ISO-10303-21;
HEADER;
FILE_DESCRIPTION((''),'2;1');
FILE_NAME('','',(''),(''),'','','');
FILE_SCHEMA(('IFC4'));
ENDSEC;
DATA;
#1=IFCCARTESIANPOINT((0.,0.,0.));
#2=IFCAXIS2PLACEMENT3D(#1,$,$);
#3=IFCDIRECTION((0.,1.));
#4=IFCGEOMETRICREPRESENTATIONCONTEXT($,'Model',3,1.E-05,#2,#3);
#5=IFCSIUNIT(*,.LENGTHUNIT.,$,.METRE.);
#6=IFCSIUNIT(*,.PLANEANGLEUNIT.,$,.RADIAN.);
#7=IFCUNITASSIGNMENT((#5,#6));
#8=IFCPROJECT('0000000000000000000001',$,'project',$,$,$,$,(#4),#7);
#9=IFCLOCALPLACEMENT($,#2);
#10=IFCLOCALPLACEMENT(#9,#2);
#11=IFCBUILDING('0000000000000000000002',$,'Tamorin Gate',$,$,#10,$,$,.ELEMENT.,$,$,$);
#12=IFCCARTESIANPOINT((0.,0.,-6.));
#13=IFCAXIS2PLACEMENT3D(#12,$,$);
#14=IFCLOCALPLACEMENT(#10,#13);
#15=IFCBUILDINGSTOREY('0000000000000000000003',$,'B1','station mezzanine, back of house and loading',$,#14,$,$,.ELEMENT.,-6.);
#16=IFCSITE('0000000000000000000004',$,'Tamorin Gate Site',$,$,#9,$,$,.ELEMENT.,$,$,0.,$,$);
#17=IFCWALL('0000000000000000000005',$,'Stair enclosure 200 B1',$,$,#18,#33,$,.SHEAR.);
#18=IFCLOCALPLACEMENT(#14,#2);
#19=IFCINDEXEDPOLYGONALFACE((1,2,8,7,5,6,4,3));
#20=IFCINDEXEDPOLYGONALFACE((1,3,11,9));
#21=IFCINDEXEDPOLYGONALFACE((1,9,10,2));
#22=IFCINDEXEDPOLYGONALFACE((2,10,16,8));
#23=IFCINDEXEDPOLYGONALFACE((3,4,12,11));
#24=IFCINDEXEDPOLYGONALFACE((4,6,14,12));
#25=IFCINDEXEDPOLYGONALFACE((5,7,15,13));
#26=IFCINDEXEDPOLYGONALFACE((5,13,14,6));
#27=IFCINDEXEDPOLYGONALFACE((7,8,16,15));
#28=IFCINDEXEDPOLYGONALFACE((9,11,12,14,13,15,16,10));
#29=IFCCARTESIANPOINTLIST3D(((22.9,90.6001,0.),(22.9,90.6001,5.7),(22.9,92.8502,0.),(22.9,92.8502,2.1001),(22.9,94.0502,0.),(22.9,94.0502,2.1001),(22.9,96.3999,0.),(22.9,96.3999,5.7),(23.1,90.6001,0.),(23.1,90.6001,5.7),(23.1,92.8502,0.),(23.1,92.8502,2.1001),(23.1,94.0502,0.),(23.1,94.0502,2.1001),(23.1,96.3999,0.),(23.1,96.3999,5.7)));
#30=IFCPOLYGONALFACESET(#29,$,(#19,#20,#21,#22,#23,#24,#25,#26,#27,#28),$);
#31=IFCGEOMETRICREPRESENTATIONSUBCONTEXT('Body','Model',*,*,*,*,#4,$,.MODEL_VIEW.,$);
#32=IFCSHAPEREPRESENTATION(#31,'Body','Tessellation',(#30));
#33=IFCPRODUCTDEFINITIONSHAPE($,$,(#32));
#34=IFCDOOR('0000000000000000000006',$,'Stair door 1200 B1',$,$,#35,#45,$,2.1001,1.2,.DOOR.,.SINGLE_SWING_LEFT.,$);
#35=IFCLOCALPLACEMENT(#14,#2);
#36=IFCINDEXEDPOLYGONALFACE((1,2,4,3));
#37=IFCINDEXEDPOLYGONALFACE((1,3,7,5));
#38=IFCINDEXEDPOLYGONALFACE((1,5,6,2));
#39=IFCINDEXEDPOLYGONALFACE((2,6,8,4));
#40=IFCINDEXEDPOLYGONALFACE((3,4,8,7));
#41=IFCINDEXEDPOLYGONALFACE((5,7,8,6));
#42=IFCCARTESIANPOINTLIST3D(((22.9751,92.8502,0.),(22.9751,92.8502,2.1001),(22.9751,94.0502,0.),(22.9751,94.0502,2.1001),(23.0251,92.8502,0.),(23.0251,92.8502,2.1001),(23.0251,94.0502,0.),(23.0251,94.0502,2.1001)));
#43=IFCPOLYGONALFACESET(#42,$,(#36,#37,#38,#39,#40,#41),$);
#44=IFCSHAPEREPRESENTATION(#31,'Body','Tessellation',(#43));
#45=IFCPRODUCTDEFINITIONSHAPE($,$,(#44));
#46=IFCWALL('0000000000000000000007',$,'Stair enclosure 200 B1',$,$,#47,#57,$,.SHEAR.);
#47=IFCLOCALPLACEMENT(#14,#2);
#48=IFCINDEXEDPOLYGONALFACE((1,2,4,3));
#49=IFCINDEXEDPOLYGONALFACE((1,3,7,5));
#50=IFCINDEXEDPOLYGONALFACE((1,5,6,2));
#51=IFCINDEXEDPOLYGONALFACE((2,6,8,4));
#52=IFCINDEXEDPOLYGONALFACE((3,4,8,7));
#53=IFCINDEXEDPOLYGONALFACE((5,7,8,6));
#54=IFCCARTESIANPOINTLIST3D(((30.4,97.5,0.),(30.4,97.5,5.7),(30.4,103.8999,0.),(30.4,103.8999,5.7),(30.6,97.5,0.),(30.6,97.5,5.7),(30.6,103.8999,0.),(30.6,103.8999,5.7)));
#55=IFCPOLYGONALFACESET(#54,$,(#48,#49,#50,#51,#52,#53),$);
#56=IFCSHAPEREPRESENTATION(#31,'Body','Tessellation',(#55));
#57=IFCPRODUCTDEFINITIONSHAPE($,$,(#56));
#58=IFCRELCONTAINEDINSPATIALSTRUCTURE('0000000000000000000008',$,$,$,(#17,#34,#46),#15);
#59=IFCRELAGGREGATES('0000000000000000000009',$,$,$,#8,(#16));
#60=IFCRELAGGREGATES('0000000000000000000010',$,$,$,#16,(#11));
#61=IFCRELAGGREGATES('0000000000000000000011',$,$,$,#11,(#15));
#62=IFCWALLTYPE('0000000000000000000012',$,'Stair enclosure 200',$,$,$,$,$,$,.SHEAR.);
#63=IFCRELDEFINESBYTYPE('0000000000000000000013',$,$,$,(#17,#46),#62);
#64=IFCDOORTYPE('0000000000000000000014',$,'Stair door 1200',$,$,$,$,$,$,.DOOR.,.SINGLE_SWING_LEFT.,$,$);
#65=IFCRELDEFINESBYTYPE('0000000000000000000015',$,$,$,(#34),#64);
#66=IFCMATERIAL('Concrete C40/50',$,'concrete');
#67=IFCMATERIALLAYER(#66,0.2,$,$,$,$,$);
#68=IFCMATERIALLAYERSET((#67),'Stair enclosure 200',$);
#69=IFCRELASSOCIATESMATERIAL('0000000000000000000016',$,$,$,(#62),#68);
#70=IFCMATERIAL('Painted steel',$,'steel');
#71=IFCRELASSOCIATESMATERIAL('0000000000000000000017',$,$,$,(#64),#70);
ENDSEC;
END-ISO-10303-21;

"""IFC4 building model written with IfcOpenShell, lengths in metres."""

from ifc_helpers import new_model, si_unit, direction, frame, frame_2d, origin, place, context, subcontext, project, spatial, rectangle, extrude, material, layer, layer_set, type_object, element, fill, save


model = new_model("IFC4")

# Units and contexts
model_context = context("Model", 3, precision=1e-05, world=origin(), true_north=direction((0.0, 1.0)))
body_context = subcontext(model_context, "Body", "Model", "MODEL_VIEW")
ifc_project = project(units=[si_unit("LENGTHUNIT", "METRE"), si_unit("PLANEANGLEUNIT", "RADIAN")], contexts=[model_context])

# Site, building, storey
site_placement = place(None, origin())
site = spatial("IfcSite", under=ifc_project, at=site_placement, Name="Tamorin Gate Site", CompositionType="ELEMENT", RefElevation=0.0)
building_placement = place(site_placement, origin())
building = spatial("IfcBuilding", under=site, at=building_placement, Name="Tamorin Gate", CompositionType="ELEMENT")
storey_placement = place(building_placement, frame((0.0, 0.0, -6.0)))
storey = spatial("IfcBuildingStorey", under=building, at=storey_placement, Name="B1", Description="station mezzanine, back of house and loading", CompositionType="ELEMENT", Elevation=-6.0)

# Shared definitions
ifc_material_1 = material(Name="Painted steel", Category="steel")

# Wall, opening, door
ifc_material_2 = material(Name="Concrete C40/50", Category="concrete")
ifc_layer_1 = layer(ifc_material_2, 0.2)
ifc_layer_set_1 = layer_set([ifc_layer_1], Name="Stair enclosure 200")
wall_type_1 = type_object("IfcWallType", Name="Stair enclosure 200", PredefinedType="SHEAR", material=ifc_layer_set_1)
door_type_1 = type_object("IfcDoorType", Name="Stair door 1200", OperationType="SINGLE_SWING_LEFT", PredefinedType="DOOR", material=ifc_material_1)
wall_1_placement = place(storey_placement, frame((23.0, 90.6001, 0.0), z_axis=(0.0, 0.0, 1.0), x_axis=(0.0, 1.0, 0.0)))
wall_1 = element("IfcWall", 1, at=wall_1_placement, inside=storey, type_object=wall_type_1, Name="Stair enclosure 200 B1", PredefinedType="SHEAR", context=body_context, shape_type="SweptSolid", body=[
    extrude(rectangle(XDim=5.7998, YDim=0.2, at=frame_2d((2.8999, 0.0))), origin(), (0.0, 0.0, 1.0), 5.7),
])
opening_1_placement = place(wall_1_placement, frame((2.25, 0.0, 0.0)))
opening_1 = element("IfcOpeningElement", 2, at=opening_1_placement, cuts=wall_1, PredefinedType="OPENING", context=body_context, shape_type="SweptSolid", body=[
    extrude(rectangle(XDim=1.2, YDim=2.1001, at=frame_2d((0.6001, 1.05))), frame((0.0, 0.1099, 0.0), z_axis=(0.0, -1.0, 0.0), x_axis=(1.0, 0.0, 0.0)), (0.0, 0.0, 1.0), 0.22),
])
door_1_placement = place(opening_1_placement, origin())
door_1 = element("IfcDoor", 3, at=door_1_placement, inside=storey, type_object=door_type_1, Name="Stair door 1200 B1", OperationType="SINGLE_SWING_LEFT", OverallHeight=2.1001, OverallWidth=1.2, PredefinedType="DOOR", context=body_context, shape_type="SweptSolid", body=[
    extrude(rectangle(XDim=1.2, YDim=2.1001, at=frame_2d((0.6001, 1.05))), frame((0.0, 0.0249, 0.0), z_axis=(0.0, -1.0, 0.0), x_axis=(1.0, 0.0, 0.0)), (0.0, 0.0, 1.0), 0.05),
])
fill(opening_1, door_1)

# Wall
wall_2_placement = place(storey_placement, frame((30.5, 97.5, 0.0), z_axis=(0.0, 0.0, 1.0), x_axis=(0.0, 1.0, 0.0)))
element("IfcWall", 4, at=wall_2_placement, inside=storey, type_object=wall_type_1, Name="Stair enclosure 200 B1", PredefinedType="SHEAR", context=body_context, shape_type="SweptSolid", body=[
    extrude(rectangle(XDim=6.3999, YDim=0.2, at=frame_2d((3.2, 0.0))), origin(), (0.0, 0.0, 1.0), 5.7),
])

save(model, "model.ifc")
